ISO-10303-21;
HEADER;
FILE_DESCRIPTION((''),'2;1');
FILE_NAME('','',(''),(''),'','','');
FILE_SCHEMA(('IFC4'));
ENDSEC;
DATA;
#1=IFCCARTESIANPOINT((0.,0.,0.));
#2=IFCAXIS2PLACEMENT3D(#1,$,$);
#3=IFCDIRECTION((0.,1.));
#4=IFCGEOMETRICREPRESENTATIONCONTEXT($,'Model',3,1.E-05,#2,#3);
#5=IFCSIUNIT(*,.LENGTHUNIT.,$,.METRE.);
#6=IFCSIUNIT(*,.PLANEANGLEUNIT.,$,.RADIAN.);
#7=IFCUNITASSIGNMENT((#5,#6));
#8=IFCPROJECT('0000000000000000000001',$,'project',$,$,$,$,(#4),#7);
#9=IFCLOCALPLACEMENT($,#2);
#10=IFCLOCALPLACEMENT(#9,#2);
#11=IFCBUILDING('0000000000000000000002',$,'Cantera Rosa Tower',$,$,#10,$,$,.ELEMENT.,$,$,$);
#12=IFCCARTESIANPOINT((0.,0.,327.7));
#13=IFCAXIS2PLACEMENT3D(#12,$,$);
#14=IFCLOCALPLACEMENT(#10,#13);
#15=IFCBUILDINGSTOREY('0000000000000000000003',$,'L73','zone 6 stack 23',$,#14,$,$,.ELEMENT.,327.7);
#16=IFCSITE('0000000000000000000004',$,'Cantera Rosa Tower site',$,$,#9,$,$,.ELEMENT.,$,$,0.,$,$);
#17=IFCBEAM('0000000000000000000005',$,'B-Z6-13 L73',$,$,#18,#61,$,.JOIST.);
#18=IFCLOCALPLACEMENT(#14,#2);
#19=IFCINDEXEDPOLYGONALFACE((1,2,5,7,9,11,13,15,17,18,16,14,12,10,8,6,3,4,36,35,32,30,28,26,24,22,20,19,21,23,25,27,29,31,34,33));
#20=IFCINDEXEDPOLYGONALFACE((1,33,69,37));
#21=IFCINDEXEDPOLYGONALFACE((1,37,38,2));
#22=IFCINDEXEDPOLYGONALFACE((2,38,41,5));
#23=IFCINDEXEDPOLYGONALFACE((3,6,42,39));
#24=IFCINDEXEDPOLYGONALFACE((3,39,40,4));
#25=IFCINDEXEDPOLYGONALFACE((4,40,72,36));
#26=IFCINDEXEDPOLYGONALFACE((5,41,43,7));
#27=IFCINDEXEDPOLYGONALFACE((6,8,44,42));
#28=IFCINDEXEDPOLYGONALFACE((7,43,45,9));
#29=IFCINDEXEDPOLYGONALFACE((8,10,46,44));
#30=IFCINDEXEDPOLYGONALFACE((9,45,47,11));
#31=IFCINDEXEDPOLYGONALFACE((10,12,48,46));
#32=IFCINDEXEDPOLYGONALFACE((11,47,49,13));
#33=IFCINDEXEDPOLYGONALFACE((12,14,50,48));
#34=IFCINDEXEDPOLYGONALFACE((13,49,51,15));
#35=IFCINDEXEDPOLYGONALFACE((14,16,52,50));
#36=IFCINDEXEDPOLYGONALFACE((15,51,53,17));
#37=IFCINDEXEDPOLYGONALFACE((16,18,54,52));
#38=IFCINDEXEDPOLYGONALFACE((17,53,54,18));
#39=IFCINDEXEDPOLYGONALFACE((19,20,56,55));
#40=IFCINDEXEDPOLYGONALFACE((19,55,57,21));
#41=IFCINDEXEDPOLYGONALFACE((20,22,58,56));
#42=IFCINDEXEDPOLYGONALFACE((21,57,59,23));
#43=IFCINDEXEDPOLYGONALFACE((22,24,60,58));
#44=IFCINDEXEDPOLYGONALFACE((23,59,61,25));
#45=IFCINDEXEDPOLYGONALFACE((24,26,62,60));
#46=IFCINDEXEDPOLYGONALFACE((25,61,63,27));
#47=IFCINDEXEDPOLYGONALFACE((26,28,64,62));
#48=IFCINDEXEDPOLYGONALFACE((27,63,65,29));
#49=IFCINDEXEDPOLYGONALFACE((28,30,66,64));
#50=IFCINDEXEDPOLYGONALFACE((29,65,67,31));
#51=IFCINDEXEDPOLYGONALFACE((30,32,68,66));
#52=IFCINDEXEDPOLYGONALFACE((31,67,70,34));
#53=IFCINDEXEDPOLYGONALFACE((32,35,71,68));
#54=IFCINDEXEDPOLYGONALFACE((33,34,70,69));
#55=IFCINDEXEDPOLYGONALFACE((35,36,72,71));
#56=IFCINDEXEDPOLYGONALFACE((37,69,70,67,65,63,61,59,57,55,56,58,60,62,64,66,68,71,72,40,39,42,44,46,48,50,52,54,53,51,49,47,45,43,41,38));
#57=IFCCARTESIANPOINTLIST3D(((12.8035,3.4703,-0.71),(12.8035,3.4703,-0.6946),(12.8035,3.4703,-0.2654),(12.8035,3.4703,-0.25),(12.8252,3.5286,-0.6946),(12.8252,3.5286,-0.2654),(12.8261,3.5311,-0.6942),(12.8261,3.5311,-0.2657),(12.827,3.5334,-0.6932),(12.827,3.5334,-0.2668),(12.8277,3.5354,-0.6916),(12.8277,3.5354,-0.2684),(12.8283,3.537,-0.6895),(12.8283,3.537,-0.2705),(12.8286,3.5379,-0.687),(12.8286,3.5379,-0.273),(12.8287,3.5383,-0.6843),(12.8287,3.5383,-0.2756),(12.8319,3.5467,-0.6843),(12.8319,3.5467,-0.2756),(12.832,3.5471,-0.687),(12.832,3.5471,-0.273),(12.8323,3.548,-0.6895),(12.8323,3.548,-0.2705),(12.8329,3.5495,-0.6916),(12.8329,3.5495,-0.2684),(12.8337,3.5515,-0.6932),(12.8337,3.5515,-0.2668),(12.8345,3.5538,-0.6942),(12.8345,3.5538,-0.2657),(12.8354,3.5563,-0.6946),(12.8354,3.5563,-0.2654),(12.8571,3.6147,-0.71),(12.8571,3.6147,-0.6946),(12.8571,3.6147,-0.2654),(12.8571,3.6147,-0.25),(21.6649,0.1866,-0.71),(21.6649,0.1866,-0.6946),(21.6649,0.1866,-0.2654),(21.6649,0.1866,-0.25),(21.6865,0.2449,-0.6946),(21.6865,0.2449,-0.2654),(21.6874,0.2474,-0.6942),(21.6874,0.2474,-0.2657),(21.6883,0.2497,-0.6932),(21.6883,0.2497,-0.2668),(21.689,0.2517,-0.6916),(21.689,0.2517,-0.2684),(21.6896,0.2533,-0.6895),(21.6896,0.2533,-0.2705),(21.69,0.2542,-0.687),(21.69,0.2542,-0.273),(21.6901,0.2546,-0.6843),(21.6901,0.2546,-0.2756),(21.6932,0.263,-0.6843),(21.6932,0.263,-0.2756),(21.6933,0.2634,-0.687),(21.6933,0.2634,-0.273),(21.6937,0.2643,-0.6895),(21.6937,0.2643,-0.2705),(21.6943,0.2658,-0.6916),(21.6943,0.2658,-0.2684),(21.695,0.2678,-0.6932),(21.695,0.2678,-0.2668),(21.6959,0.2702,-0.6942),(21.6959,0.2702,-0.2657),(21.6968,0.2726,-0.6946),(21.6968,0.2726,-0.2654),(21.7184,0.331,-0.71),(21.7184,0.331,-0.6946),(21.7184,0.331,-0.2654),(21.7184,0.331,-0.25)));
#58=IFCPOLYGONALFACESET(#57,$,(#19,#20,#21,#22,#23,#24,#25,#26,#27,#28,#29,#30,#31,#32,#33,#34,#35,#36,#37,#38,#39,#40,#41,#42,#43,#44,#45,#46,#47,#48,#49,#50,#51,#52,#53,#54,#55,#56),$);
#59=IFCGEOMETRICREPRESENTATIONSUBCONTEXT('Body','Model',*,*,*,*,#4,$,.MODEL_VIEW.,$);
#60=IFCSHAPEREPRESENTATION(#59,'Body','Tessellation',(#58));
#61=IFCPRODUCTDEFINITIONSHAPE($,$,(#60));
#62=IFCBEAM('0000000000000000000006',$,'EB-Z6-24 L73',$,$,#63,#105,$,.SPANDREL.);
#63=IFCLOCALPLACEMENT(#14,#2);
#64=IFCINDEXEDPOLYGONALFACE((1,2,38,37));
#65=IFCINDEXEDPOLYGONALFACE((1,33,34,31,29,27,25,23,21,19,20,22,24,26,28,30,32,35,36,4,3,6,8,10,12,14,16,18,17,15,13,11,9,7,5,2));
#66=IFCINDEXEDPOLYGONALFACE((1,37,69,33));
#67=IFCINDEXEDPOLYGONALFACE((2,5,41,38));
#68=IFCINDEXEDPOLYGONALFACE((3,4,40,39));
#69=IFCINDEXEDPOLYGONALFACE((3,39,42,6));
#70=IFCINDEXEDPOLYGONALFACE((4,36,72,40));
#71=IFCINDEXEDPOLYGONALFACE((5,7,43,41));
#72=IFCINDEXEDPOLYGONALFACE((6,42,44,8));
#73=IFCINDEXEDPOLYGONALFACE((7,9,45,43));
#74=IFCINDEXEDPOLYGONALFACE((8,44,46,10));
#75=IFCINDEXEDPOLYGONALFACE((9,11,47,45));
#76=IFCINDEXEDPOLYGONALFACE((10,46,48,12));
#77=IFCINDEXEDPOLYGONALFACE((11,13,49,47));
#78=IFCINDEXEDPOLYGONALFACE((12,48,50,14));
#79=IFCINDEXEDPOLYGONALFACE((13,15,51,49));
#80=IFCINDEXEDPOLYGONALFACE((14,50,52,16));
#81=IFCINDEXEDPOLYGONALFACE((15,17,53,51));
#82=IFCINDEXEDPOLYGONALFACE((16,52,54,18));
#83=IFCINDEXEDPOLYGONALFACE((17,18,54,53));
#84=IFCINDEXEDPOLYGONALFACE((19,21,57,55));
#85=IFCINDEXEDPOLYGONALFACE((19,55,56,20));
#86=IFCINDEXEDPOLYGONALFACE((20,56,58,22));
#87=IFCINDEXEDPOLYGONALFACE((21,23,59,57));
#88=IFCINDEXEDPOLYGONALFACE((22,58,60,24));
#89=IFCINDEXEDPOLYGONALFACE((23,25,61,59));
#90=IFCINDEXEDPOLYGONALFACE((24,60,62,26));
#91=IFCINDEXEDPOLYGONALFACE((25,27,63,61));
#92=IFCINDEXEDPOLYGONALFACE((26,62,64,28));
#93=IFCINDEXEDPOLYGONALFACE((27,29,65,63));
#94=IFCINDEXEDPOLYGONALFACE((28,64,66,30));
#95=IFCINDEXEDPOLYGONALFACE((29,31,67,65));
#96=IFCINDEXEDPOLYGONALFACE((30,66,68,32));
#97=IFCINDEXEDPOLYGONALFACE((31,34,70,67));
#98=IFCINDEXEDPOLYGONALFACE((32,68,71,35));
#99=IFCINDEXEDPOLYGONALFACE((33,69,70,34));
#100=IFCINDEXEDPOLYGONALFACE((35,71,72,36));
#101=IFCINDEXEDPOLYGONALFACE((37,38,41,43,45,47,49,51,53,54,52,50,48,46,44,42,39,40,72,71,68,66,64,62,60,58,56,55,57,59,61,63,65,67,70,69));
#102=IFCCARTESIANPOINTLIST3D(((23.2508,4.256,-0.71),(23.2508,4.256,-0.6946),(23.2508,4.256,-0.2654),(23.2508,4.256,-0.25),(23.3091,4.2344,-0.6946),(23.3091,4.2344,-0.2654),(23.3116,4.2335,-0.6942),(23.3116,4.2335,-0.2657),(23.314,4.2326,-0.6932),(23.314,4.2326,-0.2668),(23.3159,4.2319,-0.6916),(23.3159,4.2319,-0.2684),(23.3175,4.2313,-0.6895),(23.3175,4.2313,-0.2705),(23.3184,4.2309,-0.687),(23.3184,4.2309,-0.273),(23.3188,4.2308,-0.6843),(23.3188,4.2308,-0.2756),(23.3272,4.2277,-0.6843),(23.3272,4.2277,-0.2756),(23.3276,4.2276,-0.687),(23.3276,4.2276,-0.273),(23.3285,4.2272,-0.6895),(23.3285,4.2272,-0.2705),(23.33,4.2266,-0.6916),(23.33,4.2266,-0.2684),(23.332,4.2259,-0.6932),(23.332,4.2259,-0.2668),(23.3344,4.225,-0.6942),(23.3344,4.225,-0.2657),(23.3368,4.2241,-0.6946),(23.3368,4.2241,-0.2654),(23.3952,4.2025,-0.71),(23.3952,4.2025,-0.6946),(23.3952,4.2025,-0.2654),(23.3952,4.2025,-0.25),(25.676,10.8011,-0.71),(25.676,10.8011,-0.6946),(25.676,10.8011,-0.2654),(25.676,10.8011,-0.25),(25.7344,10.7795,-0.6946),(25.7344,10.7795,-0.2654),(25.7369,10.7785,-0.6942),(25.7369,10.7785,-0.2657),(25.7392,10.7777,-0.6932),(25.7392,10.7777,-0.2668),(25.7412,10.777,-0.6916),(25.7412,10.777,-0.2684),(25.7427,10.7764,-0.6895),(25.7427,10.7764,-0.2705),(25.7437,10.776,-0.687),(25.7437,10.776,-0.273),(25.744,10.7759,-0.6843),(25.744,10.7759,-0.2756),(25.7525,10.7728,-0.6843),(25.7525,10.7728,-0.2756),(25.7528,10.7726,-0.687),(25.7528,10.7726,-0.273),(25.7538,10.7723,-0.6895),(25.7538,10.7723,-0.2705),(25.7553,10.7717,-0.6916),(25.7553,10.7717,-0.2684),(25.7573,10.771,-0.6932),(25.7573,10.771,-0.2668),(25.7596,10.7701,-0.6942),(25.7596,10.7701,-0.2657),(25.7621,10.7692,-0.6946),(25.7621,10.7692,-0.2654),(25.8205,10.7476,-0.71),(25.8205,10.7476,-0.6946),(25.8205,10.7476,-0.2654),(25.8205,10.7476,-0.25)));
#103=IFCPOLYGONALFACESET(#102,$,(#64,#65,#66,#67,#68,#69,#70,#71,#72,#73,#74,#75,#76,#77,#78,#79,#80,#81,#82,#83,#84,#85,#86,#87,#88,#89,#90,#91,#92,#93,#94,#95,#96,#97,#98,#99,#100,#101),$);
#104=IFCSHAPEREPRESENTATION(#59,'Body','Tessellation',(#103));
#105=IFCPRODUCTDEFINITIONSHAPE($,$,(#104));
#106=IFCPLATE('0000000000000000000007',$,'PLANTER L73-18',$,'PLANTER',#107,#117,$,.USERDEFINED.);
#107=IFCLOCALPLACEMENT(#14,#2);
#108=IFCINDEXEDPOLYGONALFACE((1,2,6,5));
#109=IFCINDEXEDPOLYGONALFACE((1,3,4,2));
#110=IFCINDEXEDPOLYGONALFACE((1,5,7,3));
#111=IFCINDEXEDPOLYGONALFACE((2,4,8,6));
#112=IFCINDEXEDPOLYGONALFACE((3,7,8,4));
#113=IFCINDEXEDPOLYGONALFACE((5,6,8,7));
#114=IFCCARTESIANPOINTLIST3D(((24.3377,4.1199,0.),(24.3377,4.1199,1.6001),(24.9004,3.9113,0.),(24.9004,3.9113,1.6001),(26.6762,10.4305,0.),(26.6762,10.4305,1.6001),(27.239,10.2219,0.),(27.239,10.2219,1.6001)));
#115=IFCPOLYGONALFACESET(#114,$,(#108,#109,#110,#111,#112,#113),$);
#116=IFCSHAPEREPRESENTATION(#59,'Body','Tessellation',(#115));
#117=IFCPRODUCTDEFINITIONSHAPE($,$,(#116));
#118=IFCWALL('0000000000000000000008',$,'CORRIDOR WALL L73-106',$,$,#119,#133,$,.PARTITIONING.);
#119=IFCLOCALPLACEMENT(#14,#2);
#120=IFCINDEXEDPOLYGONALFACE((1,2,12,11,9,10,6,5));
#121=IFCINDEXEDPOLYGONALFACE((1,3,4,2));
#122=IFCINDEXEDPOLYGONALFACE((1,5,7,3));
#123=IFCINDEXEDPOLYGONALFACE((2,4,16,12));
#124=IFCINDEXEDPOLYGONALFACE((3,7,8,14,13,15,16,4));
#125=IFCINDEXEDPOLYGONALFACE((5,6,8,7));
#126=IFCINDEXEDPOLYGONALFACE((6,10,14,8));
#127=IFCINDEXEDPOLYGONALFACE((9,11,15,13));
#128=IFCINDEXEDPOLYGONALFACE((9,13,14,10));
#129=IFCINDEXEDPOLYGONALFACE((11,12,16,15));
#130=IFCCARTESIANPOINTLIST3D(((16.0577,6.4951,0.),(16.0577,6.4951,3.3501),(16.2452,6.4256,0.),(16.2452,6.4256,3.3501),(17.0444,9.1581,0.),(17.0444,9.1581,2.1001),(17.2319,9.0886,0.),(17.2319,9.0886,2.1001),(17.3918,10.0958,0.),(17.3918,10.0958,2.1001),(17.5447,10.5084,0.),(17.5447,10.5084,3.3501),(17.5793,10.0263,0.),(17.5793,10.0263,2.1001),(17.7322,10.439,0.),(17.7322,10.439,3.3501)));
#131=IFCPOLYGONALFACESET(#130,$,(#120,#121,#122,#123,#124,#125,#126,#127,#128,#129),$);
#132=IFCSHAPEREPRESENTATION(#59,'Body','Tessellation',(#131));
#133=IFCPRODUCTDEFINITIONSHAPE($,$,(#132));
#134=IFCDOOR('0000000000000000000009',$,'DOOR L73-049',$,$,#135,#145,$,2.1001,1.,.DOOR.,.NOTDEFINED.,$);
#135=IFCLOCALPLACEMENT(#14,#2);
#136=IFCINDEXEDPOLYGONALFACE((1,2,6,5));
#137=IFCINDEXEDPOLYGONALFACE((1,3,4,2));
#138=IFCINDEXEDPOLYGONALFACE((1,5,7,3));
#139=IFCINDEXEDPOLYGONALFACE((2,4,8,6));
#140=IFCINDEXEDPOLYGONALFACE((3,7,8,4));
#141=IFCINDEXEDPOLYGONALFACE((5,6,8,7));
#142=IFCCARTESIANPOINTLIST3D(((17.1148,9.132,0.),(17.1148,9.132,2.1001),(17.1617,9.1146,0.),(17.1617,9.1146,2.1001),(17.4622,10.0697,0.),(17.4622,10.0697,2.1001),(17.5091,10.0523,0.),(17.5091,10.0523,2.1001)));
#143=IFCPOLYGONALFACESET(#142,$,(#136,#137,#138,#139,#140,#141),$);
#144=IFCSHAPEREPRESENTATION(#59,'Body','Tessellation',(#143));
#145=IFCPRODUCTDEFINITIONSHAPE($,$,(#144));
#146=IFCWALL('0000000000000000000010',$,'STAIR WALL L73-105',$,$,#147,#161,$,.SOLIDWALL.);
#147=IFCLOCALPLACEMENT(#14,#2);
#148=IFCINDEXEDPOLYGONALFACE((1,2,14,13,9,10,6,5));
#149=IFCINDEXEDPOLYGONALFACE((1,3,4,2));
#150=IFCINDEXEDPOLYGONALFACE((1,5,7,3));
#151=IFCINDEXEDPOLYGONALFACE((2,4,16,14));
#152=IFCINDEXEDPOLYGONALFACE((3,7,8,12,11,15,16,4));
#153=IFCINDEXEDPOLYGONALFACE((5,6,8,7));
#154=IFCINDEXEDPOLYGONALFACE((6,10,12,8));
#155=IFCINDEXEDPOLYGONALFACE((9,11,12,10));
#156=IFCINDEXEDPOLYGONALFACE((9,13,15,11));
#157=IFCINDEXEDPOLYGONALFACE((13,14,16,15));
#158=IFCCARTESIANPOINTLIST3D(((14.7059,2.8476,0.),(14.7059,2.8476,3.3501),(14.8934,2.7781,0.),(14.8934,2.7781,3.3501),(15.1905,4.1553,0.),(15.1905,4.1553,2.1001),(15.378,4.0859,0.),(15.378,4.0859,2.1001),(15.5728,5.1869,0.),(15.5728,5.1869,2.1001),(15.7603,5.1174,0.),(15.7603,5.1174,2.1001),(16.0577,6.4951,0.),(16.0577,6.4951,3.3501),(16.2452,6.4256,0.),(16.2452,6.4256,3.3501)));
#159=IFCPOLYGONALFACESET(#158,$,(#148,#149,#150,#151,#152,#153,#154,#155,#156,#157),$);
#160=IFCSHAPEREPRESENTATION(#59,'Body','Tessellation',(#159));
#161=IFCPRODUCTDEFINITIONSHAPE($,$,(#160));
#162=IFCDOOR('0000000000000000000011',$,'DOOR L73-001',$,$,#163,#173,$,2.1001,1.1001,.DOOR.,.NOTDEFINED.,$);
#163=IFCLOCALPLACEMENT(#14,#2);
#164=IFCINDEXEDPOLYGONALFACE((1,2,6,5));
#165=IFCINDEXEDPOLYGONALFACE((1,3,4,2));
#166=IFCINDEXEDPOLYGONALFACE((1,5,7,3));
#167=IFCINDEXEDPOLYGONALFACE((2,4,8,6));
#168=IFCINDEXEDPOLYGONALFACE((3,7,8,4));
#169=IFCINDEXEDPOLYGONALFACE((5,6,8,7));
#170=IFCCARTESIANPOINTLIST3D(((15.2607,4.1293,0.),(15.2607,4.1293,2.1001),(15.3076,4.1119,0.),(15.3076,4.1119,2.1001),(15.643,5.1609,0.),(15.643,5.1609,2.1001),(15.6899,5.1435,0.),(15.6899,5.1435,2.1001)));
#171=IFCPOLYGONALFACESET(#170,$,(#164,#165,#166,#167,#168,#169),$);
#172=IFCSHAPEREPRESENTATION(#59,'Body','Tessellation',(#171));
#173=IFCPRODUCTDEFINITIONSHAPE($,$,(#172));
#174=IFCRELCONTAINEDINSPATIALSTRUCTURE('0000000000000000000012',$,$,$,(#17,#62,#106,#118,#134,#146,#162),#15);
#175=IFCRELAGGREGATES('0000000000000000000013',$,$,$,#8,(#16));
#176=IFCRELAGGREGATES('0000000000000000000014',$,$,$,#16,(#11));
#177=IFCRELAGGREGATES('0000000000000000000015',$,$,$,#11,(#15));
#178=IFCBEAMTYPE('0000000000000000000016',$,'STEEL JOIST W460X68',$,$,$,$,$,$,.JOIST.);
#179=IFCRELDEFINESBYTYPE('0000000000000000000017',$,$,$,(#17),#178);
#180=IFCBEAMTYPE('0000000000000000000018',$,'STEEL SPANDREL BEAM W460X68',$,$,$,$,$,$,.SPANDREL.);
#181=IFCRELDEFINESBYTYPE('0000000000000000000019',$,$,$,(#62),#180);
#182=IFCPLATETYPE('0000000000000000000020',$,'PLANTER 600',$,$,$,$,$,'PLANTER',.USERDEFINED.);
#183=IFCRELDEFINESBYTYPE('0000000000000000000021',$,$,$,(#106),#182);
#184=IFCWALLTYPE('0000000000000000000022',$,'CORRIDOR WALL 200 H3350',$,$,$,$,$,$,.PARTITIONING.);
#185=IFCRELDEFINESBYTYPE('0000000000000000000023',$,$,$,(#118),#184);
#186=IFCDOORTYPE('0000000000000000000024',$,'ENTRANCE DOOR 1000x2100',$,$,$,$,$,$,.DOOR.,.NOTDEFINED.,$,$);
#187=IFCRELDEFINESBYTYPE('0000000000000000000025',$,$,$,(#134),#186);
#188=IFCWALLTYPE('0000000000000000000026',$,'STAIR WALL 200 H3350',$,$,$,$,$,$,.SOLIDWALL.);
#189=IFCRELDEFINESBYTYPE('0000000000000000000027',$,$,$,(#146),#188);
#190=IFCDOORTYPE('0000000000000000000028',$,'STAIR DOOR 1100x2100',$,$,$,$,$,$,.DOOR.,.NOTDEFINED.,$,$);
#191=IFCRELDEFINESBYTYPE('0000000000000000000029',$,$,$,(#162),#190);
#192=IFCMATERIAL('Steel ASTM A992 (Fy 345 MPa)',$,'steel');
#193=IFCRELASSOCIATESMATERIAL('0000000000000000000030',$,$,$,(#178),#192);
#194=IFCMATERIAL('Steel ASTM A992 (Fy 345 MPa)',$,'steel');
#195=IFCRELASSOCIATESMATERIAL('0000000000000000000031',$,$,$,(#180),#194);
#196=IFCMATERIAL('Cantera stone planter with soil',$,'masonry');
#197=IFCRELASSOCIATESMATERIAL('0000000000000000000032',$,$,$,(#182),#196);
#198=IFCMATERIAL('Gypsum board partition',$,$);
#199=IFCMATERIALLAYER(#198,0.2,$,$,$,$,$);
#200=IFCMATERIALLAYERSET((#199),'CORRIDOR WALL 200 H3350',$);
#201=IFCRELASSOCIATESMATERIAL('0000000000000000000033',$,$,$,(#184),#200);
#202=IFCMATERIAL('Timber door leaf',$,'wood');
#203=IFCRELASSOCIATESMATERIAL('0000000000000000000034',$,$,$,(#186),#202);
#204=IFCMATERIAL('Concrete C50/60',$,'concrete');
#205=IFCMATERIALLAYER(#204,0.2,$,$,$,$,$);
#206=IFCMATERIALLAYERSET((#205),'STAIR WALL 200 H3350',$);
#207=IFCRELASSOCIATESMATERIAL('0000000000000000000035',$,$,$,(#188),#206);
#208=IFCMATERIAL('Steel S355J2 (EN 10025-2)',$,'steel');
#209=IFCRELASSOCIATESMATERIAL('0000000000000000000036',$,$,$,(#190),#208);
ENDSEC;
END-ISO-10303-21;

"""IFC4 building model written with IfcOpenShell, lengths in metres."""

from ifc_helpers import new_model, si_unit, direction, frame, frame_2d, origin, origin_2d, place, context, subcontext, project, spatial, rectangle, i_section, extrude, material, layer, layer_set, material_profile, profile_set, type_object, element, fill, save


model = new_model("IFC4")

# Units and contexts
model_context = context("Model", 3, precision=1e-05, world=origin(), true_north=direction((0.0, 1.0)))
body_context = subcontext(model_context, "Body", "Model", "MODEL_VIEW")
ifc_project = project(units=[si_unit("LENGTHUNIT", "METRE"), si_unit("PLANEANGLEUNIT", "RADIAN")], contexts=[model_context])

# Site, building, storey
site_placement = place(None, origin())
site = spatial("IfcSite", under=ifc_project, at=site_placement, Name="Cantera Rosa Tower site", CompositionType="ELEMENT", RefElevation=0.0)
building_placement = place(site_placement, origin())
building = spatial("IfcBuilding", under=site, at=building_placement, Name="Cantera Rosa Tower", CompositionType="ELEMENT")
storey_placement = place(building_placement, frame((0.0, 0.0, 327.7)))
storey = spatial("IfcBuildingStorey", under=building, at=storey_placement, Name="L73", Description="zone 6 stack 23", CompositionType="ELEMENT", Elevation=327.7)

# Beams
ifc_material_1 = material(Name="Steel ASTM A992 (Fy 345 MPa)", Category="steel")
ifc_material_profile_1 = material_profile(ifc_material_1, i_section(OverallWidth=0.1541, OverallDepth=0.46, WebThickness=0.009, FlangeThickness=0.0154, FilletRadius=0.0103, at=origin_2d()), Name="W460X68")
ifc_profile_set_1 = profile_set([ifc_material_profile_1], Name="Steel ASTM A992 (Fy 345 MPa)")
beam_type_1 = type_object("IfcBeamType", Name="STEEL JOIST W460X68", PredefinedType="JOIST", material=ifc_profile_set_1)
beam_1_placement = place(storey_placement, frame((21.6917, 0.2588, -0.48), z_axis=(-0.93769, 0.347474, 0.0), x_axis=(-0.347474, -0.93769, 0.0)))
element("IfcBeam", 1, at=beam_1_placement, inside=storey, type_object=beam_type_1, Name="B-Z6-13 L73", PredefinedType="JOIST", context=body_context, shape_type="SweptSolid", body=[
    extrude(i_section(OverallWidth=0.1541, OverallDepth=0.46, WebThickness=0.009, FlangeThickness=0.0154, FilletRadius=0.0103, at=origin_2d()), origin(), (0.0, 0.0, 1.0), 9.4502),
])
ifc_material_2 = material(Name="Steel ASTM A992 (Fy 345 MPa)", Category="steel")
ifc_material_profile_2 = material_profile(ifc_material_2, i_section(OverallWidth=0.1541, OverallDepth=0.46, WebThickness=0.009, FlangeThickness=0.0154, FilletRadius=0.0103, at=origin_2d()), Name="W460X68")
ifc_profile_set_2 = profile_set([ifc_material_profile_2], Name="Steel ASTM A992 (Fy 345 MPa)")
beam_type_2 = type_object("IfcBeamType", Name="STEEL SPANDREL BEAM W460X68", PredefinedType="SPANDREL", material=ifc_profile_set_2)
beam_2_placement = place(storey_placement, frame((23.323, 4.2292, -0.48), z_axis=(0.34746, 0.937695, 0.0), x_axis=(-0.937695, 0.34746, 0.0)))
element("IfcBeam", 2, at=beam_2_placement, inside=storey, type_object=beam_type_2, Name="EB-Z6-24 L73", PredefinedType="SPANDREL", context=body_context, shape_type="SweptSolid", body=[
    extrude(i_section(OverallWidth=0.1541, OverallDepth=0.46, WebThickness=0.009, FlangeThickness=0.0154, FilletRadius=0.0103, at=origin_2d()), origin(), (0.0, 0.0, 1.0), 6.98),
])

# Plate
ifc_material_3 = material(Name="Cantera stone planter with soil", Category="masonry")
plate_type = type_object("IfcPlateType", Name="PLANTER 600", ElementType="PLANTER", PredefinedType="USERDEFINED", material=ifc_material_3)
plate_placement = place(storey_placement, frame((25.7883, 7.1709, 0.0), z_axis=(0.0, 0.0, 1.0), x_axis=(0.347481, 0.937687, 0.0)))
element("IfcPlate", 3, at=plate_placement, inside=storey, type_object=plate_type, Name="PLANTER L73-18", ObjectType="PLANTER", PredefinedType="USERDEFINED", context=body_context, shape_type="SweptSolid", body=[
    extrude(rectangle(XDim=6.73, YDim=0.6001, at=origin_2d()), origin(), (0.0, 0.0, 1.0), 1.6001),
])

# Wall, opening, door
ifc_material_4 = material(Name="Gypsum board partition")
ifc_layer_1 = layer(ifc_material_4, 0.2)
ifc_layer_set_1 = layer_set([ifc_layer_1], Name="CORRIDOR WALL 200 H3350")
wall_type_1 = type_object("IfcWallType", Name="CORRIDOR WALL 200 H3350", PredefinedType="PARTITIONING", material=ifc_layer_set_1)
wall_1_placement = place(storey_placement, frame((16.1514, 6.4602, 0.0), z_axis=(0.0, 0.0, 1.0), x_axis=(0.347439, 0.937703, 0.0)))
wall_1 = element("IfcWall", 4, at=wall_1_placement, inside=storey, type_object=wall_type_1, Name="CORRIDOR WALL L73-106", PredefinedType="PARTITIONING", context=body_context, shape_type="SweptSolid", body=[
    extrude(rectangle(XDim=4.28, YDim=0.2, at=frame_2d((2.1401, 0.0))), origin(), (0.0, 0.0, 1.0), 3.3501),
])
opening_1_placement = place(wall_1_placement, frame((2.8401, 0.0, 0.0)))
opening_1 = element("IfcOpeningElement", 5, at=opening_1_placement, cuts=wall_1, PredefinedType="OPENING", context=body_context, shape_type="SweptSolid", body=[
    extrude(rectangle(XDim=1.0, YDim=2.1001, at=frame_2d((0.5, 1.05))), frame((0.0, 0.1099, 0.0), z_axis=(0.0, -1.0, 0.0), x_axis=(1.0, 0.0, 0.0)), (0.0, 0.0, 1.0), 0.22),
])
ifc_material_5 = material(Name="Timber door leaf", Category="wood")
door_type_1 = type_object("IfcDoorType", Name="ENTRANCE DOOR 1000x2100", OperationType="NOTDEFINED", PredefinedType="DOOR", material=ifc_material_5)
door_1_placement = place(opening_1_placement, origin())
door_1 = element("IfcDoor", 6, at=door_1_placement, inside=storey, type_object=door_type_1, Name="DOOR L73-049", OperationType="NOTDEFINED", OverallHeight=2.1001, OverallWidth=1.0, PredefinedType="DOOR", context=body_context, shape_type="SweptSolid", body=[
    extrude(rectangle(XDim=1.0, YDim=2.1001, at=frame_2d((0.5, 1.05))), frame((0.0, 0.0249, 0.0), z_axis=(0.0, -1.0, 0.0), x_axis=(1.0, 0.0, 0.0)), (0.0, 0.0, 1.0), 0.05),
])
fill(opening_1, door_1)

# Wall, opening, door
ifc_material_6 = material(Name="Concrete C50/60", Category="concrete")
ifc_layer_2 = layer(ifc_material_6, 0.2)
ifc_layer_set_2 = layer_set([ifc_layer_2], Name="STAIR WALL 200 H3350")
wall_type_2 = type_object("IfcWallType", Name="STAIR WALL 200 H3350", PredefinedType="SOLIDWALL", material=ifc_layer_set_2)
wall_2_placement = place(storey_placement, frame((16.1514, 6.4602, 0.0), z_axis=(0.0, 0.0, 1.0), x_axis=(-0.347517, -0.937674, 0.0)))
wall_2 = element("IfcWall", 7, at=wall_2_placement, inside=storey, type_object=wall_type_2, Name="STAIR WALL L73-105", PredefinedType="SOLIDWALL", context=body_context, shape_type="SweptSolid", body=[
    extrude(rectangle(XDim=3.8899, YDim=0.2, at=frame_2d((1.9448, 0.0))), origin(), (0.0, 0.0, 1.0), 3.3501),
])
opening_2_placement = place(wall_2_placement, frame((1.395, 0.0, 0.0)))
opening_2 = element("IfcOpeningElement", 8, at=opening_2_placement, cuts=wall_2, PredefinedType="OPENING", context=body_context, shape_type="SweptSolid", body=[
    extrude(rectangle(XDim=1.1001, YDim=2.1001, at=frame_2d((0.55, 1.05))), frame((0.0, 0.1099, 0.0), z_axis=(0.0, -1.0, 0.0), x_axis=(1.0, 0.0, 0.0)), (0.0, 0.0, 1.0), 0.22),
])
ifc_material_7 = material(Name="Steel S355J2 (EN 10025-2)", Category="steel")
door_type_2 = type_object("IfcDoorType", Name="STAIR DOOR 1100x2100", OperationType="NOTDEFINED", PredefinedType="DOOR", material=ifc_material_7)
door_2_placement = place(opening_2_placement, origin())
door_2 = element("IfcDoor", 9, at=door_2_placement, inside=storey, type_object=door_type_2, Name="DOOR L73-001", OperationType="NOTDEFINED", OverallHeight=2.1001, OverallWidth=1.1001, PredefinedType="DOOR", context=body_context, shape_type="SweptSolid", body=[
    extrude(rectangle(XDim=1.1001, YDim=2.1001, at=frame_2d((0.55, 1.05))), frame((0.0, 0.0249, 0.0), z_axis=(0.0, -1.0, 0.0), x_axis=(1.0, 0.0, 0.0)), (0.0, 0.0, 1.0), 0.05),
])
fill(opening_2, door_2)

save(model, "model.ifc")
